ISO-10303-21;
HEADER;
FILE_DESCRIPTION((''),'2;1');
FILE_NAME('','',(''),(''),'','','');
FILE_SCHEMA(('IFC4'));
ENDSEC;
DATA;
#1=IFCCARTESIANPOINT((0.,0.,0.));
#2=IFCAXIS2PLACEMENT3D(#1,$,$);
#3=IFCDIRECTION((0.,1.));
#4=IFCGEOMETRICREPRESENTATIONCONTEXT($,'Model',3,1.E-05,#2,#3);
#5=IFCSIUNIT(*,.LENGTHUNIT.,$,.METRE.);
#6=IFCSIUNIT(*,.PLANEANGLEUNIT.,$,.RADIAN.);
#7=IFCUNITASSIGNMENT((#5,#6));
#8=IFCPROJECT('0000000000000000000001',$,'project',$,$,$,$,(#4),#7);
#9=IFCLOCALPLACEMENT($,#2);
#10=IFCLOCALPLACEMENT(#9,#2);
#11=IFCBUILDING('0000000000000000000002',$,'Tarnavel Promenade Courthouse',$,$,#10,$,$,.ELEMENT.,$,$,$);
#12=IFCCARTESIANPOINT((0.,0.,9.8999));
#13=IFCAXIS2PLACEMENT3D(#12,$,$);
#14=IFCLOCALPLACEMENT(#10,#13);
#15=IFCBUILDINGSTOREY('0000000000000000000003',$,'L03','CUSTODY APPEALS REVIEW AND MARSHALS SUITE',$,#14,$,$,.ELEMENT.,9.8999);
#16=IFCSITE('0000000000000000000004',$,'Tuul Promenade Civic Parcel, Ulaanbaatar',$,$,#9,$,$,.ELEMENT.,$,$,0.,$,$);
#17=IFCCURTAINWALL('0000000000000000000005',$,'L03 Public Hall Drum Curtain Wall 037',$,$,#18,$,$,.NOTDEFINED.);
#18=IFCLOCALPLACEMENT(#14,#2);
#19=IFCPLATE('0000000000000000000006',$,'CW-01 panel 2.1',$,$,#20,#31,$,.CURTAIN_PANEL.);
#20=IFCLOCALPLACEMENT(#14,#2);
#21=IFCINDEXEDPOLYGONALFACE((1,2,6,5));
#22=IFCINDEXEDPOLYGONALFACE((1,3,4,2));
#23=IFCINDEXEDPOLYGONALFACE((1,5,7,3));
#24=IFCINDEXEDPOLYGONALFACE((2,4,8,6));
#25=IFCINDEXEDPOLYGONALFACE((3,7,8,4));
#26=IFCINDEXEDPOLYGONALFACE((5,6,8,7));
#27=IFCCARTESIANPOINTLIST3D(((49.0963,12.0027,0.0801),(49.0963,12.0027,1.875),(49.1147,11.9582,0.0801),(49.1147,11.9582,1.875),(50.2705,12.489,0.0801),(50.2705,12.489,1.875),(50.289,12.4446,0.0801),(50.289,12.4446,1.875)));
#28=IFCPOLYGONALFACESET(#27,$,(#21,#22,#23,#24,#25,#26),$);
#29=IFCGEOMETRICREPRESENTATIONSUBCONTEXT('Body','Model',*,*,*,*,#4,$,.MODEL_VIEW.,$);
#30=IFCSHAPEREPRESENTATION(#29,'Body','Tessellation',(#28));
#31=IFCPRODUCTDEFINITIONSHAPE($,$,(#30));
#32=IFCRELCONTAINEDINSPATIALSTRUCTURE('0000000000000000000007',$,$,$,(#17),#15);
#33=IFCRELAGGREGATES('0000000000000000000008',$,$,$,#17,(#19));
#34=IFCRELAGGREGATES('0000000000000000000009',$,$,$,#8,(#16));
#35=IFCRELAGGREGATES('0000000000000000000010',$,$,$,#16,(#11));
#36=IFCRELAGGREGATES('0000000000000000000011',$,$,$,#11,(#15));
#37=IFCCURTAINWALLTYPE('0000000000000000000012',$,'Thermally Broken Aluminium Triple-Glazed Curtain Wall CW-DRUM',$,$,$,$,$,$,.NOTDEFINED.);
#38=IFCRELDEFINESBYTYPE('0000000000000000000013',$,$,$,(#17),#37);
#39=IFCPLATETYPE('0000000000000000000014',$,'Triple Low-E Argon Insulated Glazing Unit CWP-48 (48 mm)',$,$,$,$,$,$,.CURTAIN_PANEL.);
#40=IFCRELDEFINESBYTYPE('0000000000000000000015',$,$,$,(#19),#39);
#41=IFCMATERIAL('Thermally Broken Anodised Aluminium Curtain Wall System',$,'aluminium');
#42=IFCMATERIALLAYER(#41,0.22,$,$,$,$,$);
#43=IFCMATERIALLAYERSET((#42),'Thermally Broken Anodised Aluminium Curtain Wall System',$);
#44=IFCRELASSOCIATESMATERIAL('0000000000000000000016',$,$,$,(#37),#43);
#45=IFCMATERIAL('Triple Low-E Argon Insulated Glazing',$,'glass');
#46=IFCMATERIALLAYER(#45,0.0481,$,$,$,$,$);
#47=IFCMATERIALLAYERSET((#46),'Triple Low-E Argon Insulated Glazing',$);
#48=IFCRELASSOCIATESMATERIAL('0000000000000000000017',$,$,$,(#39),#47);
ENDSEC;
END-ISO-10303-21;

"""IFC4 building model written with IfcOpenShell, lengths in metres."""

from ifc_helpers import new_model, si_unit, direction, frame, origin, origin_2d, place, context, subcontext, project, spatial, rectangle, extrude, material, layer, layer_set, type_object, element, aggregate, save


model = new_model("IFC4")

# Units and contexts
model_context = context("Model", 3, precision=1e-05, world=origin(), true_north=direction((0.0, 1.0)))
body_context = subcontext(model_context, "Body", "Model", "MODEL_VIEW")
ifc_project = project(units=[si_unit("LENGTHUNIT", "METRE"), si_unit("PLANEANGLEUNIT", "RADIAN")], contexts=[model_context])

# Site, building, storey
site_placement = place(None, origin())
site = spatial("IfcSite", under=ifc_project, at=site_placement, Name="Tuul Promenade Civic Parcel, Ulaanbaatar", CompositionType="ELEMENT", RefElevation=0.0)
building_placement = place(site_placement, origin())
building = spatial("IfcBuilding", under=site, at=building_placement, Name="Tarnavel Promenade Courthouse", CompositionType="ELEMENT")
storey_placement = place(building_placement, frame((0.0, 0.0, 9.8999)))
storey = spatial("IfcBuildingStorey", under=building, at=storey_placement, Name="L03", Description="CUSTODY APPEALS REVIEW AND MARSHALS SUITE", CompositionType="ELEMENT", Elevation=9.8999)

# Curtain wall
ifc_material_1 = material(Name="Thermally Broken Anodised Aluminium Curtain Wall System", Category="aluminium")
ifc_layer_1 = layer(ifc_material_1, 0.22)
ifc_layer_set_1 = layer_set([ifc_layer_1], Name="Thermally Broken Anodised Aluminium Curtain Wall System")
curtain_wall_type = type_object("IfcCurtainWallType", Name="Thermally Broken Aluminium Triple-Glazed Curtain Wall CW-DRUM", PredefinedType="NOTDEFINED", material=ifc_layer_set_1)
curtain_wall_1_placement = place(storey_placement, origin())
curtain_wall_1 = element("IfcCurtainWall", 1, at=curtain_wall_1_placement, inside=storey, type_object=curtain_wall_type, Name="L03 Public Hall Drum Curtain Wall 037", PredefinedType="NOTDEFINED")

# Plate
ifc_material_2 = material(Name="Triple Low-E Argon Insulated Glazing", Category="glass")
ifc_layer_2 = layer(ifc_material_2, 0.0481)
ifc_layer_set_2 = layer_set([ifc_layer_2], Name="Triple Low-E Argon Insulated Glazing")
plate_type = type_object("IfcPlateType", Name="Triple Low-E Argon Insulated Glazing Unit CWP-48 (48 mm)", PredefinedType="CURTAIN_PANEL", material=ifc_layer_set_2)
plate_1_placement = place(storey_placement, frame((49.6926, 12.2236, 0.0801), z_axis=(0.0, 0.0, 1.0), x_axis=(0.923879, 0.382685, 0.0)))
plate_1 = element("IfcPlate", 2, at=plate_1_placement, type_object=plate_type, Name="CW-01 panel 2.1", PredefinedType="CURTAIN_PANEL", context=body_context, shape_type="SweptSolid", body=[
    extrude(rectangle(XDim=1.271, YDim=0.0481, at=origin_2d()), origin(), (0.0, 0.0, 1.0), 1.7949),
])
aggregate(curtain_wall_1, [plate_1])

save(model, "model.ifc")
